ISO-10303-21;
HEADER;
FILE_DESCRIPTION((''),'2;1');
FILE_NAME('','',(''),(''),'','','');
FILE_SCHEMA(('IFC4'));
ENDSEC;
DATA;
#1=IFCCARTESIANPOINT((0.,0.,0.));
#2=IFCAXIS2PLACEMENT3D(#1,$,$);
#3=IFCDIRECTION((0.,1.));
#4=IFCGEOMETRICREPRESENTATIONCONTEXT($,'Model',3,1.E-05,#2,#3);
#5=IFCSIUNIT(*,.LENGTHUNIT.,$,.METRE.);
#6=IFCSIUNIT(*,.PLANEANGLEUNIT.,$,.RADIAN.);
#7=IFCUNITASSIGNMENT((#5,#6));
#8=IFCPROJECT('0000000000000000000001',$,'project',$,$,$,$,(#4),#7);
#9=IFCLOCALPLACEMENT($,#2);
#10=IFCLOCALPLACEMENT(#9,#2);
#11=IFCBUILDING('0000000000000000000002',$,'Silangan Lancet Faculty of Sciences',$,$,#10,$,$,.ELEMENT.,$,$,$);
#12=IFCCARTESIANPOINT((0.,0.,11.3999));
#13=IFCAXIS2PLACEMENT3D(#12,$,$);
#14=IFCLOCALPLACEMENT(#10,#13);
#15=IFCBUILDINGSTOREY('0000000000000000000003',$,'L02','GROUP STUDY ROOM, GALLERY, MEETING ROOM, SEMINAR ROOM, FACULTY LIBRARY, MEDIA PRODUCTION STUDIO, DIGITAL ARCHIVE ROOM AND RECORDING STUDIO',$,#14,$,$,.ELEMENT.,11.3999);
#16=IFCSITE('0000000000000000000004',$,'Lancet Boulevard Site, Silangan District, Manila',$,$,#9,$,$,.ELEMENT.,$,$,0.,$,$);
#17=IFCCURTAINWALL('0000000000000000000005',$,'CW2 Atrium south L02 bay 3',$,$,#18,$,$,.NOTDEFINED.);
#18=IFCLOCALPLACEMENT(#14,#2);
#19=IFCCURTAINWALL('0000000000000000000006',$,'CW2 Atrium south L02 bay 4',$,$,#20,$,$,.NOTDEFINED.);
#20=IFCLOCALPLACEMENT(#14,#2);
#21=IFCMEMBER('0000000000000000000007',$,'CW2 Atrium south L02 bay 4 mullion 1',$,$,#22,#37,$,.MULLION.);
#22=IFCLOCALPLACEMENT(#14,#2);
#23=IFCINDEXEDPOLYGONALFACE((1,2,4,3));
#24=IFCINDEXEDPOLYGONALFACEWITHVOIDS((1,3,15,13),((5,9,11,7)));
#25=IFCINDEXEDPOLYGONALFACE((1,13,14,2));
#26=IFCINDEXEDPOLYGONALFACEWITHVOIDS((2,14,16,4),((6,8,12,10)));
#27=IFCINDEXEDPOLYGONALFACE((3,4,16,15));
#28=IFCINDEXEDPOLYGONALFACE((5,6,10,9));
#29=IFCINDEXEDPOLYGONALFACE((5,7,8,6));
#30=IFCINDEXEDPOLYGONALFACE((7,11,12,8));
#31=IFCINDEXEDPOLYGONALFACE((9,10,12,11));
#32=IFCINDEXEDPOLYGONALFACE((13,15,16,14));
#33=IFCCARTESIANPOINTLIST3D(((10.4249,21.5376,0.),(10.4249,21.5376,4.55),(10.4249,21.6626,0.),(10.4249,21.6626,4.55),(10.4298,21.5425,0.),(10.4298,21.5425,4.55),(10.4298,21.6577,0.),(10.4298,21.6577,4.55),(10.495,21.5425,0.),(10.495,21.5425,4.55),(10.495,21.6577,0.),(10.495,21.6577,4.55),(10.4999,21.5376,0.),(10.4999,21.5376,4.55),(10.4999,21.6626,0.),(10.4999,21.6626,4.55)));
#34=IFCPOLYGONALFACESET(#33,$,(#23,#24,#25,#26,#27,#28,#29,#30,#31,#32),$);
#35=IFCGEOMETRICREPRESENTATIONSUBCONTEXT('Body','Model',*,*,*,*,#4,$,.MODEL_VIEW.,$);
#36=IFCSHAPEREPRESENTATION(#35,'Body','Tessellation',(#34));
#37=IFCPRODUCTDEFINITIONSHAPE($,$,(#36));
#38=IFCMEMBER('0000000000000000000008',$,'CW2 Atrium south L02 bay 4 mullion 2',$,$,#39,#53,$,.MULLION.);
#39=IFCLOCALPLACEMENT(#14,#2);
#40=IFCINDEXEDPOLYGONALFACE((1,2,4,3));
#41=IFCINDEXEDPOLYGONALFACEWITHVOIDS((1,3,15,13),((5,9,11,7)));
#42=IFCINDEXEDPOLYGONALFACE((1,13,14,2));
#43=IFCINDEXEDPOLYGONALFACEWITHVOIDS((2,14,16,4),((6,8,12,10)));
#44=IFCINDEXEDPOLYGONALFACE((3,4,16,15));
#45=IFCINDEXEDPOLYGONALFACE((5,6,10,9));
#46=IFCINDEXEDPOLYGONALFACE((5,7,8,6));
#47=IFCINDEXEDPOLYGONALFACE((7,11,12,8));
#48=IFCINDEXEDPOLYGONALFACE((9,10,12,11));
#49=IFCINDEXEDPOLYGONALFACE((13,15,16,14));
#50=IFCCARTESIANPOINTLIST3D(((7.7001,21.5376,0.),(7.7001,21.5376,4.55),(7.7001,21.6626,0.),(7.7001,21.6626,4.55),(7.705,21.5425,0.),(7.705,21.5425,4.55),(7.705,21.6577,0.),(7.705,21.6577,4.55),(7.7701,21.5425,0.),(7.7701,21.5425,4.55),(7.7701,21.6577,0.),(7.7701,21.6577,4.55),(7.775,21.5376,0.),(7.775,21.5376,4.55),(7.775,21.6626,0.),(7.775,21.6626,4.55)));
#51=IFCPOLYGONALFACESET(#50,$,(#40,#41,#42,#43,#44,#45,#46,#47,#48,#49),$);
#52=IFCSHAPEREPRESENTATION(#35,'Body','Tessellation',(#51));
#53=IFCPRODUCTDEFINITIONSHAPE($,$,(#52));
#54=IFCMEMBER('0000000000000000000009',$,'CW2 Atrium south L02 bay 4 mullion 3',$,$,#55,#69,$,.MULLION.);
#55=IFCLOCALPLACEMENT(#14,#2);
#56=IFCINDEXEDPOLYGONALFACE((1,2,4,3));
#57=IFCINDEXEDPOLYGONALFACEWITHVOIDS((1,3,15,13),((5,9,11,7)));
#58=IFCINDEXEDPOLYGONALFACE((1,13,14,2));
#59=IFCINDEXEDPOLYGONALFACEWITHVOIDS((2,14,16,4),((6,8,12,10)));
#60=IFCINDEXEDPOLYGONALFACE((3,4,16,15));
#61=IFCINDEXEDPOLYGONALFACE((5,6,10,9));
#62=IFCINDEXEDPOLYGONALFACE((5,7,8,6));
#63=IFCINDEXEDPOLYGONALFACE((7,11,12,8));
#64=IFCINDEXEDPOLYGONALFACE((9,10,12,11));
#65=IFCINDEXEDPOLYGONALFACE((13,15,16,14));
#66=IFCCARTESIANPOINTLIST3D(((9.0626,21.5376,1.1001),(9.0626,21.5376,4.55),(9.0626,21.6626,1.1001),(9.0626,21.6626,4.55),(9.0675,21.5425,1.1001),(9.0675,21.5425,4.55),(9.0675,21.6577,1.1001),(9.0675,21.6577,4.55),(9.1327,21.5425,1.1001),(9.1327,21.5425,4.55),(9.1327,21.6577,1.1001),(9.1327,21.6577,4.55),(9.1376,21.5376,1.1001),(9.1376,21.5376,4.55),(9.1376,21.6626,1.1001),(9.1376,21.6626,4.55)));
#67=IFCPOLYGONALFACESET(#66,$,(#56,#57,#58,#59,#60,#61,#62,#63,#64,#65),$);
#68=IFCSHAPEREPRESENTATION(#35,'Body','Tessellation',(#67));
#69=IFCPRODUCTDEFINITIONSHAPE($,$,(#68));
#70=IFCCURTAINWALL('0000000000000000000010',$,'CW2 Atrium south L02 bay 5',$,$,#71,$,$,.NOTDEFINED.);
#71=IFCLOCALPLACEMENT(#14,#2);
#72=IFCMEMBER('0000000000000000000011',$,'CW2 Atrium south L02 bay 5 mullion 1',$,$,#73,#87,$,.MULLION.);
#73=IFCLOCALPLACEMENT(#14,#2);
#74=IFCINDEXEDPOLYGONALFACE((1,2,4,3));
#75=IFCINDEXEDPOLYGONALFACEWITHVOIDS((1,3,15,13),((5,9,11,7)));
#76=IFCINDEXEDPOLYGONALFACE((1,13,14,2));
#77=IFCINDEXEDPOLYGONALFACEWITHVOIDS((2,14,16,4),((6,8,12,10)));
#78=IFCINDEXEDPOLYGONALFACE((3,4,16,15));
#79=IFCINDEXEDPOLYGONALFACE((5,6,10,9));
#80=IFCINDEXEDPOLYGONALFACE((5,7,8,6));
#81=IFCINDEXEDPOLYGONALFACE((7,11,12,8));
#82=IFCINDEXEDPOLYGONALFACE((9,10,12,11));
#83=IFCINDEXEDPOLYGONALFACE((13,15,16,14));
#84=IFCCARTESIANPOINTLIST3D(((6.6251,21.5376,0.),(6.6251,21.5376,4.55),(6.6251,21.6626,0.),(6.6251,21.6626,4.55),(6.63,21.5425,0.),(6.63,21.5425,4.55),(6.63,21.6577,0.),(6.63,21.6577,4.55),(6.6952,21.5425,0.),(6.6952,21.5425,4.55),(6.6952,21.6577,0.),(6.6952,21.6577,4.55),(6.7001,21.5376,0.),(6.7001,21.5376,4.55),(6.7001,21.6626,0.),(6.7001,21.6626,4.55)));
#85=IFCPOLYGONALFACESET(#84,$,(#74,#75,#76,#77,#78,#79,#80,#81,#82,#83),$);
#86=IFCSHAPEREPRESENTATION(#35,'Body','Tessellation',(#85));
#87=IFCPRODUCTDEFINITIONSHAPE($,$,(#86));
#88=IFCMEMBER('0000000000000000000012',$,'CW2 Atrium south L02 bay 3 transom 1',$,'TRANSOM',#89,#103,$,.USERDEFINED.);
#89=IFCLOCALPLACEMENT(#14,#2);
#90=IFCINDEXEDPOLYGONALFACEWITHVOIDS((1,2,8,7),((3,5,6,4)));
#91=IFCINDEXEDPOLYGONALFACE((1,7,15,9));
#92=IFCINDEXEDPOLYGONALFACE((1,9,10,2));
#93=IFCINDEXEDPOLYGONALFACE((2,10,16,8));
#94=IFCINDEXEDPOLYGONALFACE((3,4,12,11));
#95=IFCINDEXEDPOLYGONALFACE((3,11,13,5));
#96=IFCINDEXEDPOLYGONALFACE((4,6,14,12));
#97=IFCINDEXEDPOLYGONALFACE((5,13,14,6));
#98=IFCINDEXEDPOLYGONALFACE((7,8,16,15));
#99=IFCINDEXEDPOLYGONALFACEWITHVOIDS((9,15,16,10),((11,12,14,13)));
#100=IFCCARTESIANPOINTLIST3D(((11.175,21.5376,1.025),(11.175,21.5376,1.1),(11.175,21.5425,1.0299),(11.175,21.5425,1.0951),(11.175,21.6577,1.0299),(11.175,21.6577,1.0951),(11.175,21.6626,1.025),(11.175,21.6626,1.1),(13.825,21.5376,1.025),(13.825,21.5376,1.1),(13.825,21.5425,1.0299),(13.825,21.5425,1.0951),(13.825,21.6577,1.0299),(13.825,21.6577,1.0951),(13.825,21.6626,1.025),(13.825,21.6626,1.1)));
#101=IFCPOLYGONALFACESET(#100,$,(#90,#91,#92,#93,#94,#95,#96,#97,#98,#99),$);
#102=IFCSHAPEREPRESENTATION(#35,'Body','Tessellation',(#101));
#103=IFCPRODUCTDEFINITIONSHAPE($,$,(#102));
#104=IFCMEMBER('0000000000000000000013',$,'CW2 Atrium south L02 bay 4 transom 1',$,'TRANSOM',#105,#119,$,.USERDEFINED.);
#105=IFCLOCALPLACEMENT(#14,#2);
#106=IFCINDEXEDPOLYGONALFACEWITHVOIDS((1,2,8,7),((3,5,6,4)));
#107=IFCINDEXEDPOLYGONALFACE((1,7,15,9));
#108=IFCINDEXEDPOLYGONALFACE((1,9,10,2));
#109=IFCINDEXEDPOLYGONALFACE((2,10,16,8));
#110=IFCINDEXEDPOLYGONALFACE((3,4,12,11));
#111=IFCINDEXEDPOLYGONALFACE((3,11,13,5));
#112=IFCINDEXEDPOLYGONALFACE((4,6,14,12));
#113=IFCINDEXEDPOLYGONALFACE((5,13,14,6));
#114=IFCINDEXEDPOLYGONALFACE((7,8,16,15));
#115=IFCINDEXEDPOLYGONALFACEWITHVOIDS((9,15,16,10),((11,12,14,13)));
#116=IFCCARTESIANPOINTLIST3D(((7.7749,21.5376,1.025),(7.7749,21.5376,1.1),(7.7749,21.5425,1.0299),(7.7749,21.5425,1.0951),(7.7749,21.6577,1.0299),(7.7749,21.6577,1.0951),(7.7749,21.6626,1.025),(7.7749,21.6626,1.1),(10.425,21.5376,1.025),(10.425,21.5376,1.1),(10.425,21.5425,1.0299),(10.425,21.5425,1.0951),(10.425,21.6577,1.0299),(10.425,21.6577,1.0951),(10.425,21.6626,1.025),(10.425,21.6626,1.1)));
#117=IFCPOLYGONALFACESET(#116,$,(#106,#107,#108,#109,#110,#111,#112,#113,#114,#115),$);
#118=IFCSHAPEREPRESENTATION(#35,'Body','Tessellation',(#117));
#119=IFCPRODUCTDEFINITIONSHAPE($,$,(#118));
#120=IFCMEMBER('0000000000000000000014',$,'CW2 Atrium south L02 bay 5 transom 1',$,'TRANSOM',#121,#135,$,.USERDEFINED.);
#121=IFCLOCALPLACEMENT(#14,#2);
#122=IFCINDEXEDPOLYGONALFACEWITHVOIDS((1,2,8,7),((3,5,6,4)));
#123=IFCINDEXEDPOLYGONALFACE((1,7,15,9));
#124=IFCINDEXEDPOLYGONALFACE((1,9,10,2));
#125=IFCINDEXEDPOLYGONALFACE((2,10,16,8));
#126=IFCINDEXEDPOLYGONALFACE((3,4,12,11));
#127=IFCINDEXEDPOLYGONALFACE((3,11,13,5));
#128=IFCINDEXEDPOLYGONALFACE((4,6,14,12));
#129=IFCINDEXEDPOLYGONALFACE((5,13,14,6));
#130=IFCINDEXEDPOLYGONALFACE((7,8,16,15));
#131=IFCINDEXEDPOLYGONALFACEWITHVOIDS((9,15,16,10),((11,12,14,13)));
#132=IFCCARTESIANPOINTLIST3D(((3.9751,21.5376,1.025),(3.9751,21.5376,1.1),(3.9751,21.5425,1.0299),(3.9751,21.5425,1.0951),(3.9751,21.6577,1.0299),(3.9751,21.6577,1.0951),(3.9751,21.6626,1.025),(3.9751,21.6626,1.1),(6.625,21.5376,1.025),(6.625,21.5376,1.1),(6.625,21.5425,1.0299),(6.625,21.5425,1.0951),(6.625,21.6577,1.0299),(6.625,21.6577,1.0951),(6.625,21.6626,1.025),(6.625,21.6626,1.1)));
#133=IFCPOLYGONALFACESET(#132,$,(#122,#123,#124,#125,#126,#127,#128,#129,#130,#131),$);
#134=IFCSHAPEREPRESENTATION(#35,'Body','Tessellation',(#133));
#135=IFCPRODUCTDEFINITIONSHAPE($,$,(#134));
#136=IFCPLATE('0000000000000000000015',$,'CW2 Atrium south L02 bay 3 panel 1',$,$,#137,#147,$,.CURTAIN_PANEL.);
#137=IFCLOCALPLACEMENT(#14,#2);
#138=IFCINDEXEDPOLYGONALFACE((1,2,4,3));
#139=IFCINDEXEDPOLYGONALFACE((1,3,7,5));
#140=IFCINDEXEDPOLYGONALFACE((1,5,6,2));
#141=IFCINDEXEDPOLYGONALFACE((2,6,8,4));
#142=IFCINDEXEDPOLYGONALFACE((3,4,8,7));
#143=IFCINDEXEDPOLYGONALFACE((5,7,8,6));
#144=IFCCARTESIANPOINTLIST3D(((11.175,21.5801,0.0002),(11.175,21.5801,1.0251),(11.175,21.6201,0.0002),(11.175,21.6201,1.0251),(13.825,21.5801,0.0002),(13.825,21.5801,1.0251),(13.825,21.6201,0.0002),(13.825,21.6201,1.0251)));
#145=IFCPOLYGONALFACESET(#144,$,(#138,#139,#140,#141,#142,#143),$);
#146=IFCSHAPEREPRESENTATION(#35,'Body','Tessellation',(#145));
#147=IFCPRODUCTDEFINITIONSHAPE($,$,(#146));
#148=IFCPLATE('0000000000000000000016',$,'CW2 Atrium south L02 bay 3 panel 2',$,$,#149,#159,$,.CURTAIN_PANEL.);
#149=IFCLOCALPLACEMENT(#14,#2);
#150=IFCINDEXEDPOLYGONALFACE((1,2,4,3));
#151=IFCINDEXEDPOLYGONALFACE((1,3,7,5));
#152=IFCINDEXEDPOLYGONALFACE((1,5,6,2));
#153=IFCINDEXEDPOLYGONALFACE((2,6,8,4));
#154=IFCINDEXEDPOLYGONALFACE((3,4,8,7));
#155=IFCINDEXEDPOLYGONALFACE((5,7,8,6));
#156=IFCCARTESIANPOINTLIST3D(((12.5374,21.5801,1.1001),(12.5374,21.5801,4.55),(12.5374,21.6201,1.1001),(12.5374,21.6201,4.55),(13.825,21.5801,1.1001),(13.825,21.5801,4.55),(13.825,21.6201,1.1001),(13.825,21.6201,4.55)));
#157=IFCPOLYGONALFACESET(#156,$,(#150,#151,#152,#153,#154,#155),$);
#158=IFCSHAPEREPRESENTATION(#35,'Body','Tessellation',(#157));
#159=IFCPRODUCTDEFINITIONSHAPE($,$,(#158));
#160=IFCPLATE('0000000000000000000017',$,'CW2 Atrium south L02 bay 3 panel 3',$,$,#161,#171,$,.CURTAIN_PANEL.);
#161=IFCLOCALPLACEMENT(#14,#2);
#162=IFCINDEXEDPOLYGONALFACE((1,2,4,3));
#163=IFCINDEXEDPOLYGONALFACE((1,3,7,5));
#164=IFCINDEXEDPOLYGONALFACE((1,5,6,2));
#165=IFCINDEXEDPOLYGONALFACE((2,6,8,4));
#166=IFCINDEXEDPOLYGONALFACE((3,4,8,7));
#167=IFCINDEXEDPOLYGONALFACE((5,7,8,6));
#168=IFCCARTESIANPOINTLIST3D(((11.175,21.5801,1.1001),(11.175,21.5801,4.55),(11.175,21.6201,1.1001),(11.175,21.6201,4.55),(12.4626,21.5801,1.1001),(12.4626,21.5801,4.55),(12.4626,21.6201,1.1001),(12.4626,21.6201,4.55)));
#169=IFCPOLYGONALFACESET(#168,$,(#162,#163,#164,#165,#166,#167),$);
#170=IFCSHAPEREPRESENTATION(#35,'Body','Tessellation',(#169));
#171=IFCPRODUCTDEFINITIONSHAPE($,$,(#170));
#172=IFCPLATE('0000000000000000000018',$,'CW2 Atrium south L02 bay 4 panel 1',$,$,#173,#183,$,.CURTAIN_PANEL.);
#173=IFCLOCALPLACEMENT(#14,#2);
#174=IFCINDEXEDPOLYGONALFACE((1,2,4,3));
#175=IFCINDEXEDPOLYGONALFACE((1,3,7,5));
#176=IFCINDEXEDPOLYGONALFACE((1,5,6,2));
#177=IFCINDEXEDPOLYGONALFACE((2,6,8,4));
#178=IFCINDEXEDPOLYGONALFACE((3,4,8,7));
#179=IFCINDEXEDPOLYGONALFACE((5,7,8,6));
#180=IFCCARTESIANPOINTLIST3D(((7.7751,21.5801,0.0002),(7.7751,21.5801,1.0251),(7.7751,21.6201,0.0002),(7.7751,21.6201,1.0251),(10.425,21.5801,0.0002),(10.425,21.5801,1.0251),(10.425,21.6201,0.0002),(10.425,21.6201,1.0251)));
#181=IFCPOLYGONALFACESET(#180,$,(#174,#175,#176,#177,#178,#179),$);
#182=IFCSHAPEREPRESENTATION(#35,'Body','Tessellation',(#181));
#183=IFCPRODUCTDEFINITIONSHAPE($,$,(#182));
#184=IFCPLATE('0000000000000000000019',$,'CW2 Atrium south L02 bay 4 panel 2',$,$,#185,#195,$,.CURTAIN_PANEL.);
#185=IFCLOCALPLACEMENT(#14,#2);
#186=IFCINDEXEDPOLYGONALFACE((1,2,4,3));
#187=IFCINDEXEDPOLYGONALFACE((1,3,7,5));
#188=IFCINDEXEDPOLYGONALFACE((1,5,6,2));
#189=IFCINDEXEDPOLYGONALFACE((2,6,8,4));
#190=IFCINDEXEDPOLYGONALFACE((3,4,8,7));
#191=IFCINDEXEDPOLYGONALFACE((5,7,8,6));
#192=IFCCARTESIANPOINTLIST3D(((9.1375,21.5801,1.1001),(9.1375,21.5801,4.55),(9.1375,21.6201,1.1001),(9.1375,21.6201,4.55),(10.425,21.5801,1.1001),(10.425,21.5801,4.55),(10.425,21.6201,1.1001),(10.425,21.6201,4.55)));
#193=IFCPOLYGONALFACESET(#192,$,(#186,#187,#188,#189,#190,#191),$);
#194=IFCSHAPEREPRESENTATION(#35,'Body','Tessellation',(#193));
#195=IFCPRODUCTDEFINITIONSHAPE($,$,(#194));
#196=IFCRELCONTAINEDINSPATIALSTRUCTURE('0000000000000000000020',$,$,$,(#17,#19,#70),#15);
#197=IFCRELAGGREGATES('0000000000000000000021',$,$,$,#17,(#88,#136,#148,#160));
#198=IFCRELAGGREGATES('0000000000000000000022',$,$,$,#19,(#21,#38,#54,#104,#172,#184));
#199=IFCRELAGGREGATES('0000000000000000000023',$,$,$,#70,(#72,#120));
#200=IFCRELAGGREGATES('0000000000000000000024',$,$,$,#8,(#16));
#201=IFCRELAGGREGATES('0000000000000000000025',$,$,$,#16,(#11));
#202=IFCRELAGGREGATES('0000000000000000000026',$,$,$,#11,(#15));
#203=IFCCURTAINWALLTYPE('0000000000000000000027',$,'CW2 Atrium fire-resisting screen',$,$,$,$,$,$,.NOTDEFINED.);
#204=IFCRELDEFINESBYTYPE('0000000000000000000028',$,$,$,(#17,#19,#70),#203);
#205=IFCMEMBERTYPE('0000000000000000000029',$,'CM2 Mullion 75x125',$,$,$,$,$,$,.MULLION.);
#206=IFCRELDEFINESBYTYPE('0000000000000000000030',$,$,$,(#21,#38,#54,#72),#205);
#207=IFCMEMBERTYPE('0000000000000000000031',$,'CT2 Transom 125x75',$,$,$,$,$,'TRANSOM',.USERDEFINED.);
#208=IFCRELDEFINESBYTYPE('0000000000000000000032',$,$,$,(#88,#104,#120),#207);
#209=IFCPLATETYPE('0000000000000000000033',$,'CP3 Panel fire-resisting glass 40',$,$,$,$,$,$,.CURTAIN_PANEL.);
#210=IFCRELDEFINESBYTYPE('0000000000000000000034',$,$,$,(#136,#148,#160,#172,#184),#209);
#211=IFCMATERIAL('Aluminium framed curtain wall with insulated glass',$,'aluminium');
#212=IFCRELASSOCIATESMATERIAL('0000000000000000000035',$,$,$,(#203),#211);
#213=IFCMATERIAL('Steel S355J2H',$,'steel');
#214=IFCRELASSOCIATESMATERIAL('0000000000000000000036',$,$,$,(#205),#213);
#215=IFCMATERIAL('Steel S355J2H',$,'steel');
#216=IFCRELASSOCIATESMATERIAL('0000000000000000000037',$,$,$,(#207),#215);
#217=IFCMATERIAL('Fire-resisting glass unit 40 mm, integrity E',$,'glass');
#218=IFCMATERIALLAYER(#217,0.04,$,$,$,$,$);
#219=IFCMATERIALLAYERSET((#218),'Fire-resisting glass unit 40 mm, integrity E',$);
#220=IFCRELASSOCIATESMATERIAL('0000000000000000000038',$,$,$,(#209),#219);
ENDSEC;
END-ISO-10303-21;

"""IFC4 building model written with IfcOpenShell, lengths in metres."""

from ifc_helpers import new_model, si_unit, direction, frame, origin, origin_2d, place, context, subcontext, project, spatial, rectangle, hollow_rectangle, extrude, material, layer, layer_set, material_profile, profile_set, type_object, element, aggregate, save


model = new_model("IFC4")

# Units and contexts
model_context = context("Model", 3, precision=1e-05, world=origin(), true_north=direction((0.0, 1.0)))
body_context = subcontext(model_context, "Body", "Model", "MODEL_VIEW")
ifc_project = project(units=[si_unit("LENGTHUNIT", "METRE"), si_unit("PLANEANGLEUNIT", "RADIAN")], contexts=[model_context])

# Site, building, storey
site_placement = place(None, origin())
site = spatial("IfcSite", under=ifc_project, at=site_placement, Name="Lancet Boulevard Site, Silangan District, Manila", CompositionType="ELEMENT", RefElevation=0.0)
building_placement = place(site_placement, origin())
building = spatial("IfcBuilding", under=site, at=building_placement, Name="Silangan Lancet Faculty of Sciences", CompositionType="ELEMENT")
storey_placement = place(building_placement, frame((0.0, 0.0, 11.3999)))
storey = spatial("IfcBuildingStorey", under=building, at=storey_placement, Name="L02", Description="GROUP STUDY ROOM, GALLERY, MEETING ROOM, SEMINAR ROOM, FACULTY LIBRARY, MEDIA PRODUCTION STUDIO, DIGITAL ARCHIVE ROOM AND RECORDING STUDIO", CompositionType="ELEMENT", Elevation=11.3999)

# Shared definitions
ifc_material_1 = material(Name="Aluminium framed curtain wall with insulated glass", Category="aluminium")
curtain_wall_type = type_object("IfcCurtainWallType", Name="CW2 Atrium fire-resisting screen", PredefinedType="NOTDEFINED", material=ifc_material_1)
ifc_material_2 = material(Name="Steel S355J2H", Category="steel")
ifc_material_profile_1 = material_profile(ifc_material_2, hollow_rectangle(XDim=0.075, YDim=0.125, WallThickness=0.0049, at=origin_2d()), Name="ST BOX 75x125x5")
ifc_profile_set_1 = profile_set([ifc_material_profile_1], Name="Steel S355J2H")
member_type_1 = type_object("IfcMemberType", Name="CM2 Mullion 75x125", PredefinedType="MULLION", material=ifc_profile_set_1)

# Curtain walls, members
curtain_wall_1_placement = place(storey_placement, origin())
curtain_wall_1 = element("IfcCurtainWall", 1, at=curtain_wall_1_placement, inside=storey, type_object=curtain_wall_type, Name="CW2 Atrium south L02 bay 3", PredefinedType="NOTDEFINED")
curtain_wall_2_placement = place(storey_placement, origin())
curtain_wall_2 = element("IfcCurtainWall", 2, at=curtain_wall_2_placement, inside=storey, type_object=curtain_wall_type, Name="CW2 Atrium south L02 bay 4", PredefinedType="NOTDEFINED")
member_1_placement = place(storey_placement, frame((10.4624, 21.6001, 0.0), z_axis=(0.0, 0.0, 1.0), x_axis=(-1.0, 0.0, 0.0)))
member_1 = element("IfcMember", 3, at=member_1_placement, type_object=member_type_1, Name="CW2 Atrium south L02 bay 4 mullion 1", PredefinedType="MULLION", context=body_context, shape_type="SweptSolid", body=[
    extrude(hollow_rectangle(XDim=0.075, YDim=0.125, WallThickness=0.0049, at=origin_2d()), origin(), (0.0, 0.0, 1.0), 4.55),
])
member_2_placement = place(storey_placement, frame((7.7375, 21.6001, 0.0), z_axis=(0.0, 0.0, 1.0), x_axis=(-1.0, 0.0, 0.0)))
member_2 = element("IfcMember", 4, at=member_2_placement, type_object=member_type_1, Name="CW2 Atrium south L02 bay 4 mullion 2", PredefinedType="MULLION", context=body_context, shape_type="SweptSolid", body=[
    extrude(hollow_rectangle(XDim=0.075, YDim=0.125, WallThickness=0.0049, at=origin_2d()), origin(), (0.0, 0.0, 1.0), 4.55),
])
member_3_placement = place(storey_placement, frame((9.1001, 21.6001, 1.1001), z_axis=(0.0, 0.0, 1.0), x_axis=(-1.0, 0.0, 0.0)))
member_3 = element("IfcMember", 5, at=member_3_placement, type_object=member_type_1, Name="CW2 Atrium south L02 bay 4 mullion 3", PredefinedType="MULLION", context=body_context, shape_type="SweptSolid", body=[
    extrude(hollow_rectangle(XDim=0.075, YDim=0.125, WallThickness=0.0049, at=origin_2d()), origin(), (0.0, 0.0, 1.0), 3.45),
])

# Curtain wall, member
curtain_wall_3_placement = place(storey_placement, origin())
curtain_wall_3 = element("IfcCurtainWall", 6, at=curtain_wall_3_placement, inside=storey, type_object=curtain_wall_type, Name="CW2 Atrium south L02 bay 5", PredefinedType="NOTDEFINED")
member_4_placement = place(storey_placement, frame((6.6626, 21.6001, 0.0), z_axis=(0.0, 0.0, 1.0), x_axis=(-1.0, 0.0, 0.0)))
member_4 = element("IfcMember", 7, at=member_4_placement, type_object=member_type_1, Name="CW2 Atrium south L02 bay 5 mullion 1", PredefinedType="MULLION", context=body_context, shape_type="SweptSolid", body=[
    extrude(hollow_rectangle(XDim=0.075, YDim=0.125, WallThickness=0.0049, at=origin_2d()), origin(), (0.0, 0.0, 1.0), 4.55),
])

# Members
ifc_material_3 = material(Name="Steel S355J2H", Category="steel")
ifc_material_profile_2 = material_profile(ifc_material_3, hollow_rectangle(XDim=0.125, YDim=0.075, WallThickness=0.0049, at=origin_2d()), Name="ST BOX 125x75x5")
ifc_profile_set_2 = profile_set([ifc_material_profile_2], Name="Steel S355J2H")
member_type_2 = type_object("IfcMemberType", Name="CT2 Transom 125x75", ElementType="TRANSOM", PredefinedType="USERDEFINED", material=ifc_profile_set_2)
member_5_placement = place(storey_placement, frame((13.825, 21.6001, 1.0625), z_axis=(-1.0, 0.0, 0.0), x_axis=(0.0, -1.0, 0.0)))
member_5 = element("IfcMember", 8, at=member_5_placement, type_object=member_type_2, Name="CW2 Atrium south L02 bay 3 transom 1", ObjectType="TRANSOM", PredefinedType="USERDEFINED", context=body_context, shape_type="SweptSolid", body=[
    extrude(hollow_rectangle(XDim=0.125, YDim=0.075, WallThickness=0.0049, at=origin_2d()), origin(), (0.0, 0.0, 1.0), 2.6499),
])
member_6_placement = place(storey_placement, frame((10.425, 21.6001, 1.0625), z_axis=(-1.0, 0.0, 0.0), x_axis=(0.0, -1.0, 0.0)))
member_6 = element("IfcMember", 9, at=member_6_placement, type_object=member_type_2, Name="CW2 Atrium south L02 bay 4 transom 1", ObjectType="TRANSOM", PredefinedType="USERDEFINED", context=body_context, shape_type="SweptSolid", body=[
    extrude(hollow_rectangle(XDim=0.125, YDim=0.075, WallThickness=0.0049, at=origin_2d()), origin(), (0.0, 0.0, 1.0), 2.6501),
])
member_7_placement = place(storey_placement, frame((6.625, 21.6001, 1.0625), z_axis=(-1.0, 0.0, 0.0), x_axis=(0.0, -1.0, 0.0)))
member_7 = element("IfcMember", 10, at=member_7_placement, type_object=member_type_2, Name="CW2 Atrium south L02 bay 5 transom 1", ObjectType="TRANSOM", PredefinedType="USERDEFINED", context=body_context, shape_type="SweptSolid", body=[
    extrude(hollow_rectangle(XDim=0.125, YDim=0.075, WallThickness=0.0049, at=origin_2d()), origin(), (0.0, 0.0, 1.0), 2.6499),
])

# Plates
ifc_material_4 = material(Name="Fire-resisting glass unit 40 mm, integrity E", Category="glass")
ifc_layer_1 = layer(ifc_material_4, 0.04)
ifc_layer_set_1 = layer_set([ifc_layer_1], Name="Fire-resisting glass unit 40 mm, integrity E")
plate_type = type_object("IfcPlateType", Name="CP3 Panel fire-resisting glass 40", PredefinedType="CURTAIN_PANEL", material=ifc_layer_set_1)
plate_1_placement = place(storey_placement, frame((12.5, 21.6001, 0.0002), z_axis=(0.0, 0.0, 1.0), x_axis=(-1.0, 0.0, 0.0)))
plate_1 = element("IfcPlate", 11, at=plate_1_placement, type_object=plate_type, Name="CW2 Atrium south L02 bay 3 panel 1", PredefinedType="CURTAIN_PANEL", context=body_context, shape_type="SweptSolid", body=[
    extrude(rectangle(XDim=2.6499, YDim=0.04, at=origin_2d()), origin(), (0.0, 0.0, 1.0), 1.0249),
])
plate_2_placement = place(storey_placement, frame((13.1812, 21.6001, 1.1001), z_axis=(0.0, 0.0, 1.0), x_axis=(-1.0, 0.0, 0.0)))
plate_2 = element("IfcPlate", 12, at=plate_2_placement, type_object=plate_type, Name="CW2 Atrium south L02 bay 3 panel 2", PredefinedType="CURTAIN_PANEL", context=body_context, shape_type="SweptSolid", body=[
    extrude(rectangle(XDim=1.2876, YDim=0.04, at=origin_2d()), origin(), (0.0, 0.0, 1.0), 3.45),
])
plate_3_placement = place(storey_placement, frame((11.8188, 21.6001, 1.1001), z_axis=(0.0, 0.0, 1.0), x_axis=(-1.0, 0.0, 0.0)))
plate_3 = element("IfcPlate", 13, at=plate_3_placement, type_object=plate_type, Name="CW2 Atrium south L02 bay 3 panel 3", PredefinedType="CURTAIN_PANEL", context=body_context, shape_type="SweptSolid", body=[
    extrude(rectangle(XDim=1.2876, YDim=0.04, at=origin_2d()), origin(), (0.0, 0.0, 1.0), 3.45),
])
aggregate(curtain_wall_1, [member_5, plate_1, plate_2, plate_3])
plate_4_placement = place(storey_placement, frame((9.1001, 21.6001, 0.0002), z_axis=(0.0, 0.0, 1.0), x_axis=(-1.0, 0.0, 0.0)))
plate_4 = element("IfcPlate", 14, at=plate_4_placement, type_object=plate_type, Name="CW2 Atrium south L02 bay 4 panel 1", PredefinedType="CURTAIN_PANEL", context=body_context, shape_type="SweptSolid", body=[
    extrude(rectangle(XDim=2.6499, YDim=0.04, at=origin_2d()), origin(), (0.0, 0.0, 1.0), 1.0249),
])
plate_5_placement = place(storey_placement, frame((9.7812, 21.6001, 1.1001), z_axis=(0.0, 0.0, 1.0), x_axis=(-1.0, 0.0, 0.0)))
plate_5 = element("IfcPlate", 15, at=plate_5_placement, type_object=plate_type, Name="CW2 Atrium south L02 bay 4 panel 2", PredefinedType="CURTAIN_PANEL", context=body_context, shape_type="SweptSolid", body=[
    extrude(rectangle(XDim=1.2876, YDim=0.04, at=origin_2d()), origin(), (0.0, 0.0, 1.0), 3.45),
])
aggregate(curtain_wall_2, [member_1, member_2, member_3, member_6, plate_4, plate_5])
aggregate(curtain_wall_3, [member_4, member_7])

save(model, "model.ifc")
